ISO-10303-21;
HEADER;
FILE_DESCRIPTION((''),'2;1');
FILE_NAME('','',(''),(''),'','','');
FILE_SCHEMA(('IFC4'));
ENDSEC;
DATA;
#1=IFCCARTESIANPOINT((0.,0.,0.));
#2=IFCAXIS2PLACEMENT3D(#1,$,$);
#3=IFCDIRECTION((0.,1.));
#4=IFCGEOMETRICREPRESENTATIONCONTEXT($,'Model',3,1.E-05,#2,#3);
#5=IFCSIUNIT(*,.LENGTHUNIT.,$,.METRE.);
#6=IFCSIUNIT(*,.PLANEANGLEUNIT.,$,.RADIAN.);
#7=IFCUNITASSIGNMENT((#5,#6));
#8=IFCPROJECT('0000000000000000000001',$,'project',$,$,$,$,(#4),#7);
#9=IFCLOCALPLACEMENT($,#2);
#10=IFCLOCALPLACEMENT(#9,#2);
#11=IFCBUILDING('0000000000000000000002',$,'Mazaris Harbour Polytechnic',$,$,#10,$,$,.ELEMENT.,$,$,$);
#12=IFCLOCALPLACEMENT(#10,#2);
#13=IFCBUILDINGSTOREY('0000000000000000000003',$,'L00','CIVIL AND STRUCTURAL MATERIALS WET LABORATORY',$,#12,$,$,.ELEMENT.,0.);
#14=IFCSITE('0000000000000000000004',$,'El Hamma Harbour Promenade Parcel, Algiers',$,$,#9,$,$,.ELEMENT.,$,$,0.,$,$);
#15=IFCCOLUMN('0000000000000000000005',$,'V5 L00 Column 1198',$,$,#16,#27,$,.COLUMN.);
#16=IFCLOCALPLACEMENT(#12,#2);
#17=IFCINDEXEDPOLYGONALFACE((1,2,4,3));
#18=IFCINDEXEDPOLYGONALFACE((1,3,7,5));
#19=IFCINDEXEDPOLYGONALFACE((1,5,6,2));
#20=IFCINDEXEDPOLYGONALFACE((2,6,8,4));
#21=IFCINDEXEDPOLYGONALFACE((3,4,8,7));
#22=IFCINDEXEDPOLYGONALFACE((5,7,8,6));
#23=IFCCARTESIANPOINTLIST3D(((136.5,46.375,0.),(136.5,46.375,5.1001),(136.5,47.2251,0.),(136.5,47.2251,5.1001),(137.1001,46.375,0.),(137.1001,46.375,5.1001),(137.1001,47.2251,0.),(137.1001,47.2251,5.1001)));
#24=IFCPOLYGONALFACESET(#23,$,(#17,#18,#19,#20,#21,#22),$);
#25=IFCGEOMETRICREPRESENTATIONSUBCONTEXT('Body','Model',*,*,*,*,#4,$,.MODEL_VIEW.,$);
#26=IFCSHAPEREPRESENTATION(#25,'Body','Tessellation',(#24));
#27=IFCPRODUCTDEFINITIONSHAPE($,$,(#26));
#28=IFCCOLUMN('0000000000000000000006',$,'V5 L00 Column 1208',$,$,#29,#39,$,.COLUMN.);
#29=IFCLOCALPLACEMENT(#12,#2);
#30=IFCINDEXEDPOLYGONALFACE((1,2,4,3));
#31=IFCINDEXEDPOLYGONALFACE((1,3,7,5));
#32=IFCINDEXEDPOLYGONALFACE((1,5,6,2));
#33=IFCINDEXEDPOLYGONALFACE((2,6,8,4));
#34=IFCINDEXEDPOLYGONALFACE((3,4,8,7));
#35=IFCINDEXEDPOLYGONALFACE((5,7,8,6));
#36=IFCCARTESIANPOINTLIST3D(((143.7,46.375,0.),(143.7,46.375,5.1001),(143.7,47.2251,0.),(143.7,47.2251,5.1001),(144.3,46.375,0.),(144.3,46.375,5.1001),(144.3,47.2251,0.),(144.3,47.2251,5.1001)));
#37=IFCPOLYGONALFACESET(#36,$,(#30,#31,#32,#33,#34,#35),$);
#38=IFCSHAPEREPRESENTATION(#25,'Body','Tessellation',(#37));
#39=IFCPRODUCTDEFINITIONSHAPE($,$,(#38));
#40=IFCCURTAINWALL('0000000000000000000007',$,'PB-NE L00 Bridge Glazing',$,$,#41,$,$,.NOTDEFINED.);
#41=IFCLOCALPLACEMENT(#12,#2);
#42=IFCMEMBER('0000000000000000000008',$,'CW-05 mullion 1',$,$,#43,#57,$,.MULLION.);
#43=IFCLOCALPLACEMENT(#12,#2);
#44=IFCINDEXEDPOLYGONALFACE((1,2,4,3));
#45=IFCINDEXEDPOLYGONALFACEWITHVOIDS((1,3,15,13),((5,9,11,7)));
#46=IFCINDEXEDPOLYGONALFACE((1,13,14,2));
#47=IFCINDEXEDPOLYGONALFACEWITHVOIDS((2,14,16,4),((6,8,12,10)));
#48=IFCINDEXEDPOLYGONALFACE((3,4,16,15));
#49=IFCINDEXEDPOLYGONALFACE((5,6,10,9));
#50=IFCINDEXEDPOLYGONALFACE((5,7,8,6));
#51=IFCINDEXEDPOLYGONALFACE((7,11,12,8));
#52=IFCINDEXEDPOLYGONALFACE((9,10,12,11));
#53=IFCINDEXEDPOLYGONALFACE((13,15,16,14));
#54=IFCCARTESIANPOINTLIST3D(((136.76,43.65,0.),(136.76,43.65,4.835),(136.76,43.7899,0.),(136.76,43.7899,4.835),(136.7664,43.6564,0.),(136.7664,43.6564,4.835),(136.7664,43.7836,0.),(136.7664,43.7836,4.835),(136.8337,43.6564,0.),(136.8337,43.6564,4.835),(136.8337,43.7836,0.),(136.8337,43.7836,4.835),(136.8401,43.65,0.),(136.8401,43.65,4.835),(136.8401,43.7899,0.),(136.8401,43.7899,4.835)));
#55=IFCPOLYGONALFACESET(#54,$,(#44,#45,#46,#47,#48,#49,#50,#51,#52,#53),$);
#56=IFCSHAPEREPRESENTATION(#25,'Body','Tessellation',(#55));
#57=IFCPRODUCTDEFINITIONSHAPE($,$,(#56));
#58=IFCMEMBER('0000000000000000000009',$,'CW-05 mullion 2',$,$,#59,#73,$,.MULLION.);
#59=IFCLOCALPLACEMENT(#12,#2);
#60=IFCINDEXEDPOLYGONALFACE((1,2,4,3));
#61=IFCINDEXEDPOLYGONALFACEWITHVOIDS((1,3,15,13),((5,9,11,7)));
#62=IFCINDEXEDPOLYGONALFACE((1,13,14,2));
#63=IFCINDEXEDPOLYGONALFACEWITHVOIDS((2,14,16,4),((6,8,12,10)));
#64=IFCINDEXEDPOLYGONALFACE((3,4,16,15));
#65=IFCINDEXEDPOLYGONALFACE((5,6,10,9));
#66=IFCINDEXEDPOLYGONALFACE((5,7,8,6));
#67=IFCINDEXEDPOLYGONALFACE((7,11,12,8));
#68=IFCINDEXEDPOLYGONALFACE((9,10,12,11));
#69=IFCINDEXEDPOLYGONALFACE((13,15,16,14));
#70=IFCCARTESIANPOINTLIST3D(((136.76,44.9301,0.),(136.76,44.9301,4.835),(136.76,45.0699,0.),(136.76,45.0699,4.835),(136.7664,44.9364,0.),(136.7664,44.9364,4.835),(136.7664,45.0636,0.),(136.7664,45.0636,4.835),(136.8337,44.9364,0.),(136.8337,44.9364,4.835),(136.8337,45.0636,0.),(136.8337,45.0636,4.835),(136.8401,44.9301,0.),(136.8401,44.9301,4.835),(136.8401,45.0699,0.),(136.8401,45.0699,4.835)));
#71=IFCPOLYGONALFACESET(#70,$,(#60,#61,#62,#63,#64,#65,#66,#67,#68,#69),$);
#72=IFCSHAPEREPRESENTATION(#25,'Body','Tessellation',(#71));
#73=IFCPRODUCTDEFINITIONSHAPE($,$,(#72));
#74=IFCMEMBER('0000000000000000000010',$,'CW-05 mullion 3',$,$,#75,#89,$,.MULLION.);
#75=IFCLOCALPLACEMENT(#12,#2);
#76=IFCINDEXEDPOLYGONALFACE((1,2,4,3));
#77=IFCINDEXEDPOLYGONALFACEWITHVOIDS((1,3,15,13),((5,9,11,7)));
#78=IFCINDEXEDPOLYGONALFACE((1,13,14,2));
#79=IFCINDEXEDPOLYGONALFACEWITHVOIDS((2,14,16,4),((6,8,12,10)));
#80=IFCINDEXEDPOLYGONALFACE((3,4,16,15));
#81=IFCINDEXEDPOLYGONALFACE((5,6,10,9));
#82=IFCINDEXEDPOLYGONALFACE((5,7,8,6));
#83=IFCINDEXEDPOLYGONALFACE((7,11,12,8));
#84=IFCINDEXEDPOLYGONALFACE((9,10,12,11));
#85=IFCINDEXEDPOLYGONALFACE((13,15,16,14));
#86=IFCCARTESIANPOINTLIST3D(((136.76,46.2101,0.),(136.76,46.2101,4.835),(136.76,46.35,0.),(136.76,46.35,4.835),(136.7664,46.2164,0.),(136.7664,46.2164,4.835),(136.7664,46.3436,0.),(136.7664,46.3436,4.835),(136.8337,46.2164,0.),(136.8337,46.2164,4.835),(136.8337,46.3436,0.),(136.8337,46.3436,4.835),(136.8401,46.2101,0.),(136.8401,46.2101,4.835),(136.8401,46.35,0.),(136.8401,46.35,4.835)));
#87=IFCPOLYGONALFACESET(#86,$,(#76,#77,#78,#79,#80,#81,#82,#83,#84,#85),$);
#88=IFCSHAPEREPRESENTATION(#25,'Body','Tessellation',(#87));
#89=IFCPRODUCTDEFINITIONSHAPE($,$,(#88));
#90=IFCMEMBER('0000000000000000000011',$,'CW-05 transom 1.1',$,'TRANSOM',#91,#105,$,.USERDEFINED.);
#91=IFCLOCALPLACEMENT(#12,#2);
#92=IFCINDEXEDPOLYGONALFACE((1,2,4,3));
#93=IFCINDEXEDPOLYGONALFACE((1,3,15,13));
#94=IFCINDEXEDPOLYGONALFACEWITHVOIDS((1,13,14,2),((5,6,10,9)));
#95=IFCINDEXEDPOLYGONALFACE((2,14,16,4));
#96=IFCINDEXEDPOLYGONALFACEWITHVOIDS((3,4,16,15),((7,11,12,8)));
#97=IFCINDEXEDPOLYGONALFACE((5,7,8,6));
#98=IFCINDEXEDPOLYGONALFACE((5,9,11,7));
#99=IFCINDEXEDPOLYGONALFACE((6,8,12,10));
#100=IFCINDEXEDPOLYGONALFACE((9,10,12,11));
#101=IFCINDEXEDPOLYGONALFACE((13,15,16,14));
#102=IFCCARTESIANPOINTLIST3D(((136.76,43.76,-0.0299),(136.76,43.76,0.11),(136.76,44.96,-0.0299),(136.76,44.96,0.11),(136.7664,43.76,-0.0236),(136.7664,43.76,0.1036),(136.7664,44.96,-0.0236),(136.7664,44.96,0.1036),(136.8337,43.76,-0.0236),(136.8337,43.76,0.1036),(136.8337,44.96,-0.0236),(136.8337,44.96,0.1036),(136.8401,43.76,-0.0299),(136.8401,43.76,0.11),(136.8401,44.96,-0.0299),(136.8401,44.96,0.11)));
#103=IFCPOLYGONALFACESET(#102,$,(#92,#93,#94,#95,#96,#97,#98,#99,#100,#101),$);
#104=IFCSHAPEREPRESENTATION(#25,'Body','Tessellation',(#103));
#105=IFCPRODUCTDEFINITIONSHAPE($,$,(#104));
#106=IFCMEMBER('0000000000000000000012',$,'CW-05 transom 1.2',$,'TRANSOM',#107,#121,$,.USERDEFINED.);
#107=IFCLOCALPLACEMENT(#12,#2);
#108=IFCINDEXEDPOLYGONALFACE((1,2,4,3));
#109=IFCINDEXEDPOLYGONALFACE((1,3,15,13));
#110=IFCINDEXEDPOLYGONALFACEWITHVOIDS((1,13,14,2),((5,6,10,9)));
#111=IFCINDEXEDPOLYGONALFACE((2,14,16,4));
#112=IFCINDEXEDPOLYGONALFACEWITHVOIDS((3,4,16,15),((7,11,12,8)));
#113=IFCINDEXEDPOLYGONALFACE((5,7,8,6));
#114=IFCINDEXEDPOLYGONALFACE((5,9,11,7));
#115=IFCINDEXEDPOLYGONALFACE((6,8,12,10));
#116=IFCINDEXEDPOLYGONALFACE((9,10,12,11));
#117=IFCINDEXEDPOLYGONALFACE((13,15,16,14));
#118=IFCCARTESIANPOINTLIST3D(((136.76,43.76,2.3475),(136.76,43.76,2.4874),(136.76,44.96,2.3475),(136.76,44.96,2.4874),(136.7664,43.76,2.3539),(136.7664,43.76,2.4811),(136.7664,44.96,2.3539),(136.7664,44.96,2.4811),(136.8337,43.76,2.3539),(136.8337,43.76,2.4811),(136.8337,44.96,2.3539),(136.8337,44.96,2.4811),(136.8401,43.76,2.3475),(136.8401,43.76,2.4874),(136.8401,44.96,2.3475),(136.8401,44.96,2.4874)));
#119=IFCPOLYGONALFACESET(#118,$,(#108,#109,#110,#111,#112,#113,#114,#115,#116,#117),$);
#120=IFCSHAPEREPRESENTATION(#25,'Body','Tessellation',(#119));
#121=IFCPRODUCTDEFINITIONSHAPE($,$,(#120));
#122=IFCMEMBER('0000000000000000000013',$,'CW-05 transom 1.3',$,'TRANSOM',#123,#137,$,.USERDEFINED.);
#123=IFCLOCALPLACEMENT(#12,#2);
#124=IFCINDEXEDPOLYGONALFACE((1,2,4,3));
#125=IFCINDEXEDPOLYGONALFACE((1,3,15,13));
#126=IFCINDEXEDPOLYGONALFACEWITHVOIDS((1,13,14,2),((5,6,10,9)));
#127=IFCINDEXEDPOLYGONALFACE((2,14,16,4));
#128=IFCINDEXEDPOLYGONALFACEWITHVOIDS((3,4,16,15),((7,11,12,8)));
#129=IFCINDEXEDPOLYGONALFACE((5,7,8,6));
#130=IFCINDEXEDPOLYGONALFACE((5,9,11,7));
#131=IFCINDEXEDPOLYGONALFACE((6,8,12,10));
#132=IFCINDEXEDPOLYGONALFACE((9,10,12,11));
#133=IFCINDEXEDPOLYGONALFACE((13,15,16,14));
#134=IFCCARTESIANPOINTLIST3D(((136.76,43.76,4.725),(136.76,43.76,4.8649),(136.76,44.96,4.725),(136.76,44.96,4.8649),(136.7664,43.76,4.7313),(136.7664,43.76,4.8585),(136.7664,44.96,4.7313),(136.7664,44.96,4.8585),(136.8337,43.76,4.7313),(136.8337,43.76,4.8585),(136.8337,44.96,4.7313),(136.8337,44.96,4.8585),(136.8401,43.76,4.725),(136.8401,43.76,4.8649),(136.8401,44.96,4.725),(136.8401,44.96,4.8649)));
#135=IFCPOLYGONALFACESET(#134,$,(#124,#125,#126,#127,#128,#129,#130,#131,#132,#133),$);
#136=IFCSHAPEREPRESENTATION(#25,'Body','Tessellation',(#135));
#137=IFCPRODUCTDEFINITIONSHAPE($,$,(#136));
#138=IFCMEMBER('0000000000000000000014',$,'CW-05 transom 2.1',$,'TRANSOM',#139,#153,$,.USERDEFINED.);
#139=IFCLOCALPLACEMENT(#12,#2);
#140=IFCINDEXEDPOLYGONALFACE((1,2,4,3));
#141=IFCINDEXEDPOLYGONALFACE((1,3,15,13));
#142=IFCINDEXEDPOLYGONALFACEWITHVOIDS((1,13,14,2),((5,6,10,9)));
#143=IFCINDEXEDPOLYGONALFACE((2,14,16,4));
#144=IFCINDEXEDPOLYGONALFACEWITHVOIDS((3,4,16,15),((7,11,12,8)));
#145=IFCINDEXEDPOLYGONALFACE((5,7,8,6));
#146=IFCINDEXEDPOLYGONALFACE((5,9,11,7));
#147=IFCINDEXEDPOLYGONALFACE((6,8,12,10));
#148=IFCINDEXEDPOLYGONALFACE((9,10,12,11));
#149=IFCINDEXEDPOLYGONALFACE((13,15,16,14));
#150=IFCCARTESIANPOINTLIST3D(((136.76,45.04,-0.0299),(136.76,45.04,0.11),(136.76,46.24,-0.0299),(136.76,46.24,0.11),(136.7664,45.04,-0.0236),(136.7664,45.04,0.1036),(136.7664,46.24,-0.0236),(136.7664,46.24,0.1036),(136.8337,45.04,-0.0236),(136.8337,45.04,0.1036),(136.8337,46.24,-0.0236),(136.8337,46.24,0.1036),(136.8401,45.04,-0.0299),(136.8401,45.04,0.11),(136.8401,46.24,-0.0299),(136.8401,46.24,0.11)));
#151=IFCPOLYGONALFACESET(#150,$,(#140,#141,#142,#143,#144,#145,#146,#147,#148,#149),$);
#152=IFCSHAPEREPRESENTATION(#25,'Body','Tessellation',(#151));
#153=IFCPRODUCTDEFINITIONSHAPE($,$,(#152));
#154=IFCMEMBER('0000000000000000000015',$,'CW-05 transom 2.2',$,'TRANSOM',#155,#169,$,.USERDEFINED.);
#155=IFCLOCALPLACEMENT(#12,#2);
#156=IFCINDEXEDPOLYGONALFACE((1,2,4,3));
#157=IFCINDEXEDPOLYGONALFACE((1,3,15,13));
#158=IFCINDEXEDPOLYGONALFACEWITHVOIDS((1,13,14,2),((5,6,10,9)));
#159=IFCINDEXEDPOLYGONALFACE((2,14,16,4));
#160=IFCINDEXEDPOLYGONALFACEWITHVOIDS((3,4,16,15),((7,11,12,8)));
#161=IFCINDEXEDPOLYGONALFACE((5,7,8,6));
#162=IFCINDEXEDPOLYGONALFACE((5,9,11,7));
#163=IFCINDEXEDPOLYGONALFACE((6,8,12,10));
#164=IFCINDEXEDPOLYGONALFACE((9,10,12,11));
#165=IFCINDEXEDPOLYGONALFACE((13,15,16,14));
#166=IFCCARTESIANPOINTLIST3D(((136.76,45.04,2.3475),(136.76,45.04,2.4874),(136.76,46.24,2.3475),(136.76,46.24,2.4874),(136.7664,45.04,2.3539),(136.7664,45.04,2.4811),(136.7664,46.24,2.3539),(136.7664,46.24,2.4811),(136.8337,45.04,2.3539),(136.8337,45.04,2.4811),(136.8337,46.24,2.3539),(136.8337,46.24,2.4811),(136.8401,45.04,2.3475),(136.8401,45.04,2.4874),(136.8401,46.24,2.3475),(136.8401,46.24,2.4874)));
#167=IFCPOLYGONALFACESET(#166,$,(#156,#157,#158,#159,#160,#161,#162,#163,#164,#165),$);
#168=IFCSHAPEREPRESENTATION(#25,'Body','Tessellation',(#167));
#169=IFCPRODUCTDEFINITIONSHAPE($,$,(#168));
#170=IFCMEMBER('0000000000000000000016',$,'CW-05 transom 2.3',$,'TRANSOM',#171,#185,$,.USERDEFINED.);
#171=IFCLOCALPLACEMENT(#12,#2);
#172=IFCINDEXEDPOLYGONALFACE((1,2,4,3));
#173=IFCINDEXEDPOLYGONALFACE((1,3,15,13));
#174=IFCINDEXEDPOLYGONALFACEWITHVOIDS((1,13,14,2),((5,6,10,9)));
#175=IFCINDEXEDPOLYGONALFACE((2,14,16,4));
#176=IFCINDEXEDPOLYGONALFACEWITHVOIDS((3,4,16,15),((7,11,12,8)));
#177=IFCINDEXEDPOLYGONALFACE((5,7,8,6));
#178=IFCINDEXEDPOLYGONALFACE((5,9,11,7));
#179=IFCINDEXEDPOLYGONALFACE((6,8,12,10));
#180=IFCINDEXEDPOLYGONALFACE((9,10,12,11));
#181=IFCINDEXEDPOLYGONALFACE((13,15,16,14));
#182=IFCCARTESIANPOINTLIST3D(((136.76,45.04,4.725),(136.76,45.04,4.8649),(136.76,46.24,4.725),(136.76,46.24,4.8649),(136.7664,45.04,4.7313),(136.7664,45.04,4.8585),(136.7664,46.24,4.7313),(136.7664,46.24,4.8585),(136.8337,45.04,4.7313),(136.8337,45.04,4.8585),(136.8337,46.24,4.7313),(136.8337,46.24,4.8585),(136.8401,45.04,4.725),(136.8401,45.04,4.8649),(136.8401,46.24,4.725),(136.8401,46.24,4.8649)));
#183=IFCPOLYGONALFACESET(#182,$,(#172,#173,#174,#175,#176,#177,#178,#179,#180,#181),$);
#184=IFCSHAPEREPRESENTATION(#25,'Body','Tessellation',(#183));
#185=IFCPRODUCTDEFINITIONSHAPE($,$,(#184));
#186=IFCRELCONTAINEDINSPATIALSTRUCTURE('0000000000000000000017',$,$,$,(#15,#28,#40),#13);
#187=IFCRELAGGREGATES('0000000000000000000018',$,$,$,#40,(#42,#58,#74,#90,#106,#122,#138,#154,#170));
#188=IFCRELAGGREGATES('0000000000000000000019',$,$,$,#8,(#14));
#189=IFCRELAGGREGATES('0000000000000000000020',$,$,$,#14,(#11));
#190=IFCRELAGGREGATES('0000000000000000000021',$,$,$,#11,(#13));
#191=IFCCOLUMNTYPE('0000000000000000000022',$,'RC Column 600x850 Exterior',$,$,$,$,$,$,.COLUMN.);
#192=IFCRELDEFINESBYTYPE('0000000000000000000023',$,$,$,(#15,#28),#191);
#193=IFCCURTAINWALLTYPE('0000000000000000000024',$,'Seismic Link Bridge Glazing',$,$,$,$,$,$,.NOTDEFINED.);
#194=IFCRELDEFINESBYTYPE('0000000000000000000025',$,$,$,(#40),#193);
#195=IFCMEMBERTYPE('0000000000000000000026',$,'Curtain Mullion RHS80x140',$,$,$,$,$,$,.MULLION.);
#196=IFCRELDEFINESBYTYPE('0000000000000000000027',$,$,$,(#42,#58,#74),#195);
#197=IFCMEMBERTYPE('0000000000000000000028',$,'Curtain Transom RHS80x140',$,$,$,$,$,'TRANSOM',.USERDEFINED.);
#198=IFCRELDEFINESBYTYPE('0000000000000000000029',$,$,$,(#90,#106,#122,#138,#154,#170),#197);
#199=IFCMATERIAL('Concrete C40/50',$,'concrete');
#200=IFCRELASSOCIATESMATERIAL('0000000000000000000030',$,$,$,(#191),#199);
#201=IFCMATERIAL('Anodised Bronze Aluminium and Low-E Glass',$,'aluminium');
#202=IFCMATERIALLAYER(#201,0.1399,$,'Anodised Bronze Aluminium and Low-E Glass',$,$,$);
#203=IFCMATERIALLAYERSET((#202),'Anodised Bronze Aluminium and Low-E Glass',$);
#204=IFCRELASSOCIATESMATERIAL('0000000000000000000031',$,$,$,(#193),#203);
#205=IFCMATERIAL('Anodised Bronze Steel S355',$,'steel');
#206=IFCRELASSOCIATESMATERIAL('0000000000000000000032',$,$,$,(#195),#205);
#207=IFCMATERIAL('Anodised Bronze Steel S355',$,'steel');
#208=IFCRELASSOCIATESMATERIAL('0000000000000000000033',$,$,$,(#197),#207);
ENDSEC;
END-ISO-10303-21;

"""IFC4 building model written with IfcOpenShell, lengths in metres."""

from ifc_helpers import new_model, si_unit, direction, frame, origin, origin_2d, place, context, subcontext, project, spatial, rectangle, hollow_rectangle, extrude, material, layer, layer_set, material_profile, profile_set, type_object, element, aggregate, save


model = new_model("IFC4")

# Units and contexts
model_context = context("Model", 3, precision=1e-05, world=origin(), true_north=direction((0.0, 1.0)))
body_context = subcontext(model_context, "Body", "Model", "MODEL_VIEW")
ifc_project = project(units=[si_unit("LENGTHUNIT", "METRE"), si_unit("PLANEANGLEUNIT", "RADIAN")], contexts=[model_context])

# Site, building, storey
site_placement = place(None, origin())
site = spatial("IfcSite", under=ifc_project, at=site_placement, Name="El Hamma Harbour Promenade Parcel, Algiers", CompositionType="ELEMENT", RefElevation=0.0)
building_placement = place(site_placement, origin())
building = spatial("IfcBuilding", under=site, at=building_placement, Name="Mazaris Harbour Polytechnic", CompositionType="ELEMENT")
storey_placement = place(building_placement, origin())
storey = spatial("IfcBuildingStorey", under=building, at=storey_placement, Name="L00", Description="CIVIL AND STRUCTURAL MATERIALS WET LABORATORY", CompositionType="ELEMENT", Elevation=0.0)

# Columns
ifc_material_1 = material(Name="Concrete C40/50", Category="concrete")
ifc_material_profile_1 = material_profile(ifc_material_1, rectangle(XDim=0.6001, YDim=0.8501, at=origin_2d()), Name="RECT600x850")
ifc_profile_set_1 = profile_set([ifc_material_profile_1], Name="Concrete C40/50")
column_type = type_object("IfcColumnType", Name="RC Column 600x850 Exterior", PredefinedType="COLUMN", material=ifc_profile_set_1)
for number, where, z_axis, x_axis, name in (
    (1, (136.8, 46.8, 0.0), (0.0, 0.0, 1.0), (1.0, 0.0, 0.0), "V5 L00 Column 1198"),
    (2, (144.0, 46.8, 0.0), (0.0, 0.0, 1.0), (1.0, 0.0, 0.0), "V5 L00 Column 1208"),
):
    element("IfcColumn", number, at=place(storey_placement, frame(where, z_axis=z_axis, x_axis=x_axis)), inside=storey, type_object=column_type, Name=name, PredefinedType="COLUMN", context=body_context, shape_type="SweptSolid", body=[
        extrude(rectangle(XDim=0.6001, YDim=0.8501, at=origin_2d()), origin(), (0.0, 0.0, 1.0), 5.1001),
    ])

# Curtain wall, members
ifc_material_2 = material(Name="Anodised Bronze Aluminium and Low-E Glass", Category="aluminium")
ifc_layer_1 = layer(ifc_material_2, 0.1399, Name="Anodised Bronze Aluminium and Low-E Glass")
ifc_layer_set_1 = layer_set([ifc_layer_1], Name="Anodised Bronze Aluminium and Low-E Glass")
curtain_wall_type = type_object("IfcCurtainWallType", Name="Seismic Link Bridge Glazing", PredefinedType="NOTDEFINED", material=ifc_layer_set_1)
curtain_wall_placement = place(storey_placement, origin())
curtain_wall = element("IfcCurtainWall", 3, at=curtain_wall_placement, inside=storey, type_object=curtain_wall_type, Name="PB-NE L00 Bridge Glazing", PredefinedType="NOTDEFINED")
ifc_material_3 = material(Name="Anodised Bronze Steel S355", Category="steel")
ifc_material_profile_2 = material_profile(ifc_material_3, hollow_rectangle(XDim=0.0801, YDim=0.1399, WallThickness=0.0063, at=origin_2d()), Name="RHS 80x140x6.3")
ifc_profile_set_2 = profile_set([ifc_material_profile_2], Name="Anodised Bronze Steel S355")
member_type_1 = type_object("IfcMemberType", Name="Curtain Mullion RHS80x140", PredefinedType="MULLION", material=ifc_profile_set_2)
member_1_placement = place(storey_placement, frame((136.8, 43.72, 0.0), z_axis=(0.0, 0.0, 1.0), x_axis=(-1.0, 0.0, 0.0)))
member_1 = element("IfcMember", 4, at=member_1_placement, type_object=member_type_1, Name="CW-05 mullion 1", PredefinedType="MULLION", context=body_context, shape_type="SweptSolid", body=[
    extrude(hollow_rectangle(XDim=0.0801, YDim=0.1399, WallThickness=0.0063, at=origin_2d()), origin(), (0.0, 0.0, 1.0), 4.835),
])
member_2_placement = place(storey_placement, frame((136.8, 45.0, 0.0), z_axis=(0.0, 0.0, 1.0), x_axis=(-1.0, 0.0, 0.0)))
member_2 = element("IfcMember", 5, at=member_2_placement, type_object=member_type_1, Name="CW-05 mullion 2", PredefinedType="MULLION", context=body_context, shape_type="SweptSolid", body=[
    extrude(hollow_rectangle(XDim=0.0801, YDim=0.1399, WallThickness=0.0063, at=origin_2d()), origin(), (0.0, 0.0, 1.0), 4.835),
])
member_3_placement = place(storey_placement, frame((136.8, 46.28, 0.0), z_axis=(0.0, 0.0, 1.0), x_axis=(-1.0, 0.0, 0.0)))
member_3 = element("IfcMember", 6, at=member_3_placement, type_object=member_type_1, Name="CW-05 mullion 3", PredefinedType="MULLION", context=body_context, shape_type="SweptSolid", body=[
    extrude(hollow_rectangle(XDim=0.0801, YDim=0.1399, WallThickness=0.0063, at=origin_2d()), origin(), (0.0, 0.0, 1.0), 4.835),
])
ifc_material_4 = material(Name="Anodised Bronze Steel S355", Category="steel")
ifc_material_profile_3 = material_profile(ifc_material_4, hollow_rectangle(XDim=0.0801, YDim=0.1399, WallThickness=0.0063, at=origin_2d()), Name="RHS 80x140x6.3")
ifc_profile_set_3 = profile_set([ifc_material_profile_3], Name="Anodised Bronze Steel S355")
member_type_2 = type_object("IfcMemberType", Name="Curtain Transom RHS80x140", ElementType="TRANSOM", PredefinedType="USERDEFINED", material=ifc_profile_set_3)
member_4_placement = place(storey_placement, frame((136.8, 43.76, 0.04), z_axis=(0.0, 1.0, 0.0), x_axis=(-1.0, 0.0, 0.0)))
member_4 = element("IfcMember", 7, at=member_4_placement, type_object=member_type_2, Name="CW-05 transom 1.1", ObjectType="TRANSOM", PredefinedType="USERDEFINED", context=body_context, shape_type="SweptSolid", body=[
    extrude(hollow_rectangle(XDim=0.0801, YDim=0.1399, WallThickness=0.0063, at=origin_2d()), origin(), (0.0, 0.0, 1.0), 1.2),
])
member_5_placement = place(storey_placement, frame((136.8, 43.76, 2.4175), z_axis=(0.0, 1.0, 0.0), x_axis=(-1.0, 0.0, 0.0)))
member_5 = element("IfcMember", 8, at=member_5_placement, type_object=member_type_2, Name="CW-05 transom 1.2", ObjectType="TRANSOM", PredefinedType="USERDEFINED", context=body_context, shape_type="SweptSolid", body=[
    extrude(hollow_rectangle(XDim=0.0801, YDim=0.1399, WallThickness=0.0063, at=origin_2d()), origin(), (0.0, 0.0, 1.0), 1.2),
])
member_6_placement = place(storey_placement, frame((136.8, 43.76, 4.7949), z_axis=(0.0, 1.0, 0.0), x_axis=(-1.0, 0.0, 0.0)))
member_6 = element("IfcMember", 9, at=member_6_placement, type_object=member_type_2, Name="CW-05 transom 1.3", ObjectType="TRANSOM", PredefinedType="USERDEFINED", context=body_context, shape_type="SweptSolid", body=[
    extrude(hollow_rectangle(XDim=0.0801, YDim=0.1399, WallThickness=0.0063, at=origin_2d()), origin(), (0.0, 0.0, 1.0), 1.2),
])
member_7_placement = place(storey_placement, frame((136.8, 45.04, 0.04), z_axis=(0.0, 1.0, 0.0), x_axis=(-1.0, 0.0, 0.0)))
member_7 = element("IfcMember", 10, at=member_7_placement, type_object=member_type_2, Name="CW-05 transom 2.1", ObjectType="TRANSOM", PredefinedType="USERDEFINED", context=body_context, shape_type="SweptSolid", body=[
    extrude(hollow_rectangle(XDim=0.0801, YDim=0.1399, WallThickness=0.0063, at=origin_2d()), origin(), (0.0, 0.0, 1.0), 1.2),
])
member_8_placement = place(storey_placement, frame((136.8, 45.04, 2.4175), z_axis=(0.0, 1.0, 0.0), x_axis=(-1.0, 0.0, 0.0)))
member_8 = element("IfcMember", 11, at=member_8_placement, type_object=member_type_2, Name="CW-05 transom 2.2", ObjectType="TRANSOM", PredefinedType="USERDEFINED", context=body_context, shape_type="SweptSolid", body=[
    extrude(hollow_rectangle(XDim=0.0801, YDim=0.1399, WallThickness=0.0063, at=origin_2d()), origin(), (0.0, 0.0, 1.0), 1.2),
])
member_9_placement = place(storey_placement, frame((136.8, 45.04, 4.7949), z_axis=(0.0, 1.0, 0.0), x_axis=(-1.0, 0.0, 0.0)))
member_9 = element("IfcMember", 12, at=member_9_placement, type_object=member_type_2, Name="CW-05 transom 2.3", ObjectType="TRANSOM", PredefinedType="USERDEFINED", context=body_context, shape_type="SweptSolid", body=[
    extrude(hollow_rectangle(XDim=0.0801, YDim=0.1399, WallThickness=0.0063, at=origin_2d()), origin(), (0.0, 0.0, 1.0), 1.2),
])

aggregate(curtain_wall, [member_1, member_2, member_3, member_4, member_5, member_6, member_7, member_8, member_9])

save(model, "model.ifc")
